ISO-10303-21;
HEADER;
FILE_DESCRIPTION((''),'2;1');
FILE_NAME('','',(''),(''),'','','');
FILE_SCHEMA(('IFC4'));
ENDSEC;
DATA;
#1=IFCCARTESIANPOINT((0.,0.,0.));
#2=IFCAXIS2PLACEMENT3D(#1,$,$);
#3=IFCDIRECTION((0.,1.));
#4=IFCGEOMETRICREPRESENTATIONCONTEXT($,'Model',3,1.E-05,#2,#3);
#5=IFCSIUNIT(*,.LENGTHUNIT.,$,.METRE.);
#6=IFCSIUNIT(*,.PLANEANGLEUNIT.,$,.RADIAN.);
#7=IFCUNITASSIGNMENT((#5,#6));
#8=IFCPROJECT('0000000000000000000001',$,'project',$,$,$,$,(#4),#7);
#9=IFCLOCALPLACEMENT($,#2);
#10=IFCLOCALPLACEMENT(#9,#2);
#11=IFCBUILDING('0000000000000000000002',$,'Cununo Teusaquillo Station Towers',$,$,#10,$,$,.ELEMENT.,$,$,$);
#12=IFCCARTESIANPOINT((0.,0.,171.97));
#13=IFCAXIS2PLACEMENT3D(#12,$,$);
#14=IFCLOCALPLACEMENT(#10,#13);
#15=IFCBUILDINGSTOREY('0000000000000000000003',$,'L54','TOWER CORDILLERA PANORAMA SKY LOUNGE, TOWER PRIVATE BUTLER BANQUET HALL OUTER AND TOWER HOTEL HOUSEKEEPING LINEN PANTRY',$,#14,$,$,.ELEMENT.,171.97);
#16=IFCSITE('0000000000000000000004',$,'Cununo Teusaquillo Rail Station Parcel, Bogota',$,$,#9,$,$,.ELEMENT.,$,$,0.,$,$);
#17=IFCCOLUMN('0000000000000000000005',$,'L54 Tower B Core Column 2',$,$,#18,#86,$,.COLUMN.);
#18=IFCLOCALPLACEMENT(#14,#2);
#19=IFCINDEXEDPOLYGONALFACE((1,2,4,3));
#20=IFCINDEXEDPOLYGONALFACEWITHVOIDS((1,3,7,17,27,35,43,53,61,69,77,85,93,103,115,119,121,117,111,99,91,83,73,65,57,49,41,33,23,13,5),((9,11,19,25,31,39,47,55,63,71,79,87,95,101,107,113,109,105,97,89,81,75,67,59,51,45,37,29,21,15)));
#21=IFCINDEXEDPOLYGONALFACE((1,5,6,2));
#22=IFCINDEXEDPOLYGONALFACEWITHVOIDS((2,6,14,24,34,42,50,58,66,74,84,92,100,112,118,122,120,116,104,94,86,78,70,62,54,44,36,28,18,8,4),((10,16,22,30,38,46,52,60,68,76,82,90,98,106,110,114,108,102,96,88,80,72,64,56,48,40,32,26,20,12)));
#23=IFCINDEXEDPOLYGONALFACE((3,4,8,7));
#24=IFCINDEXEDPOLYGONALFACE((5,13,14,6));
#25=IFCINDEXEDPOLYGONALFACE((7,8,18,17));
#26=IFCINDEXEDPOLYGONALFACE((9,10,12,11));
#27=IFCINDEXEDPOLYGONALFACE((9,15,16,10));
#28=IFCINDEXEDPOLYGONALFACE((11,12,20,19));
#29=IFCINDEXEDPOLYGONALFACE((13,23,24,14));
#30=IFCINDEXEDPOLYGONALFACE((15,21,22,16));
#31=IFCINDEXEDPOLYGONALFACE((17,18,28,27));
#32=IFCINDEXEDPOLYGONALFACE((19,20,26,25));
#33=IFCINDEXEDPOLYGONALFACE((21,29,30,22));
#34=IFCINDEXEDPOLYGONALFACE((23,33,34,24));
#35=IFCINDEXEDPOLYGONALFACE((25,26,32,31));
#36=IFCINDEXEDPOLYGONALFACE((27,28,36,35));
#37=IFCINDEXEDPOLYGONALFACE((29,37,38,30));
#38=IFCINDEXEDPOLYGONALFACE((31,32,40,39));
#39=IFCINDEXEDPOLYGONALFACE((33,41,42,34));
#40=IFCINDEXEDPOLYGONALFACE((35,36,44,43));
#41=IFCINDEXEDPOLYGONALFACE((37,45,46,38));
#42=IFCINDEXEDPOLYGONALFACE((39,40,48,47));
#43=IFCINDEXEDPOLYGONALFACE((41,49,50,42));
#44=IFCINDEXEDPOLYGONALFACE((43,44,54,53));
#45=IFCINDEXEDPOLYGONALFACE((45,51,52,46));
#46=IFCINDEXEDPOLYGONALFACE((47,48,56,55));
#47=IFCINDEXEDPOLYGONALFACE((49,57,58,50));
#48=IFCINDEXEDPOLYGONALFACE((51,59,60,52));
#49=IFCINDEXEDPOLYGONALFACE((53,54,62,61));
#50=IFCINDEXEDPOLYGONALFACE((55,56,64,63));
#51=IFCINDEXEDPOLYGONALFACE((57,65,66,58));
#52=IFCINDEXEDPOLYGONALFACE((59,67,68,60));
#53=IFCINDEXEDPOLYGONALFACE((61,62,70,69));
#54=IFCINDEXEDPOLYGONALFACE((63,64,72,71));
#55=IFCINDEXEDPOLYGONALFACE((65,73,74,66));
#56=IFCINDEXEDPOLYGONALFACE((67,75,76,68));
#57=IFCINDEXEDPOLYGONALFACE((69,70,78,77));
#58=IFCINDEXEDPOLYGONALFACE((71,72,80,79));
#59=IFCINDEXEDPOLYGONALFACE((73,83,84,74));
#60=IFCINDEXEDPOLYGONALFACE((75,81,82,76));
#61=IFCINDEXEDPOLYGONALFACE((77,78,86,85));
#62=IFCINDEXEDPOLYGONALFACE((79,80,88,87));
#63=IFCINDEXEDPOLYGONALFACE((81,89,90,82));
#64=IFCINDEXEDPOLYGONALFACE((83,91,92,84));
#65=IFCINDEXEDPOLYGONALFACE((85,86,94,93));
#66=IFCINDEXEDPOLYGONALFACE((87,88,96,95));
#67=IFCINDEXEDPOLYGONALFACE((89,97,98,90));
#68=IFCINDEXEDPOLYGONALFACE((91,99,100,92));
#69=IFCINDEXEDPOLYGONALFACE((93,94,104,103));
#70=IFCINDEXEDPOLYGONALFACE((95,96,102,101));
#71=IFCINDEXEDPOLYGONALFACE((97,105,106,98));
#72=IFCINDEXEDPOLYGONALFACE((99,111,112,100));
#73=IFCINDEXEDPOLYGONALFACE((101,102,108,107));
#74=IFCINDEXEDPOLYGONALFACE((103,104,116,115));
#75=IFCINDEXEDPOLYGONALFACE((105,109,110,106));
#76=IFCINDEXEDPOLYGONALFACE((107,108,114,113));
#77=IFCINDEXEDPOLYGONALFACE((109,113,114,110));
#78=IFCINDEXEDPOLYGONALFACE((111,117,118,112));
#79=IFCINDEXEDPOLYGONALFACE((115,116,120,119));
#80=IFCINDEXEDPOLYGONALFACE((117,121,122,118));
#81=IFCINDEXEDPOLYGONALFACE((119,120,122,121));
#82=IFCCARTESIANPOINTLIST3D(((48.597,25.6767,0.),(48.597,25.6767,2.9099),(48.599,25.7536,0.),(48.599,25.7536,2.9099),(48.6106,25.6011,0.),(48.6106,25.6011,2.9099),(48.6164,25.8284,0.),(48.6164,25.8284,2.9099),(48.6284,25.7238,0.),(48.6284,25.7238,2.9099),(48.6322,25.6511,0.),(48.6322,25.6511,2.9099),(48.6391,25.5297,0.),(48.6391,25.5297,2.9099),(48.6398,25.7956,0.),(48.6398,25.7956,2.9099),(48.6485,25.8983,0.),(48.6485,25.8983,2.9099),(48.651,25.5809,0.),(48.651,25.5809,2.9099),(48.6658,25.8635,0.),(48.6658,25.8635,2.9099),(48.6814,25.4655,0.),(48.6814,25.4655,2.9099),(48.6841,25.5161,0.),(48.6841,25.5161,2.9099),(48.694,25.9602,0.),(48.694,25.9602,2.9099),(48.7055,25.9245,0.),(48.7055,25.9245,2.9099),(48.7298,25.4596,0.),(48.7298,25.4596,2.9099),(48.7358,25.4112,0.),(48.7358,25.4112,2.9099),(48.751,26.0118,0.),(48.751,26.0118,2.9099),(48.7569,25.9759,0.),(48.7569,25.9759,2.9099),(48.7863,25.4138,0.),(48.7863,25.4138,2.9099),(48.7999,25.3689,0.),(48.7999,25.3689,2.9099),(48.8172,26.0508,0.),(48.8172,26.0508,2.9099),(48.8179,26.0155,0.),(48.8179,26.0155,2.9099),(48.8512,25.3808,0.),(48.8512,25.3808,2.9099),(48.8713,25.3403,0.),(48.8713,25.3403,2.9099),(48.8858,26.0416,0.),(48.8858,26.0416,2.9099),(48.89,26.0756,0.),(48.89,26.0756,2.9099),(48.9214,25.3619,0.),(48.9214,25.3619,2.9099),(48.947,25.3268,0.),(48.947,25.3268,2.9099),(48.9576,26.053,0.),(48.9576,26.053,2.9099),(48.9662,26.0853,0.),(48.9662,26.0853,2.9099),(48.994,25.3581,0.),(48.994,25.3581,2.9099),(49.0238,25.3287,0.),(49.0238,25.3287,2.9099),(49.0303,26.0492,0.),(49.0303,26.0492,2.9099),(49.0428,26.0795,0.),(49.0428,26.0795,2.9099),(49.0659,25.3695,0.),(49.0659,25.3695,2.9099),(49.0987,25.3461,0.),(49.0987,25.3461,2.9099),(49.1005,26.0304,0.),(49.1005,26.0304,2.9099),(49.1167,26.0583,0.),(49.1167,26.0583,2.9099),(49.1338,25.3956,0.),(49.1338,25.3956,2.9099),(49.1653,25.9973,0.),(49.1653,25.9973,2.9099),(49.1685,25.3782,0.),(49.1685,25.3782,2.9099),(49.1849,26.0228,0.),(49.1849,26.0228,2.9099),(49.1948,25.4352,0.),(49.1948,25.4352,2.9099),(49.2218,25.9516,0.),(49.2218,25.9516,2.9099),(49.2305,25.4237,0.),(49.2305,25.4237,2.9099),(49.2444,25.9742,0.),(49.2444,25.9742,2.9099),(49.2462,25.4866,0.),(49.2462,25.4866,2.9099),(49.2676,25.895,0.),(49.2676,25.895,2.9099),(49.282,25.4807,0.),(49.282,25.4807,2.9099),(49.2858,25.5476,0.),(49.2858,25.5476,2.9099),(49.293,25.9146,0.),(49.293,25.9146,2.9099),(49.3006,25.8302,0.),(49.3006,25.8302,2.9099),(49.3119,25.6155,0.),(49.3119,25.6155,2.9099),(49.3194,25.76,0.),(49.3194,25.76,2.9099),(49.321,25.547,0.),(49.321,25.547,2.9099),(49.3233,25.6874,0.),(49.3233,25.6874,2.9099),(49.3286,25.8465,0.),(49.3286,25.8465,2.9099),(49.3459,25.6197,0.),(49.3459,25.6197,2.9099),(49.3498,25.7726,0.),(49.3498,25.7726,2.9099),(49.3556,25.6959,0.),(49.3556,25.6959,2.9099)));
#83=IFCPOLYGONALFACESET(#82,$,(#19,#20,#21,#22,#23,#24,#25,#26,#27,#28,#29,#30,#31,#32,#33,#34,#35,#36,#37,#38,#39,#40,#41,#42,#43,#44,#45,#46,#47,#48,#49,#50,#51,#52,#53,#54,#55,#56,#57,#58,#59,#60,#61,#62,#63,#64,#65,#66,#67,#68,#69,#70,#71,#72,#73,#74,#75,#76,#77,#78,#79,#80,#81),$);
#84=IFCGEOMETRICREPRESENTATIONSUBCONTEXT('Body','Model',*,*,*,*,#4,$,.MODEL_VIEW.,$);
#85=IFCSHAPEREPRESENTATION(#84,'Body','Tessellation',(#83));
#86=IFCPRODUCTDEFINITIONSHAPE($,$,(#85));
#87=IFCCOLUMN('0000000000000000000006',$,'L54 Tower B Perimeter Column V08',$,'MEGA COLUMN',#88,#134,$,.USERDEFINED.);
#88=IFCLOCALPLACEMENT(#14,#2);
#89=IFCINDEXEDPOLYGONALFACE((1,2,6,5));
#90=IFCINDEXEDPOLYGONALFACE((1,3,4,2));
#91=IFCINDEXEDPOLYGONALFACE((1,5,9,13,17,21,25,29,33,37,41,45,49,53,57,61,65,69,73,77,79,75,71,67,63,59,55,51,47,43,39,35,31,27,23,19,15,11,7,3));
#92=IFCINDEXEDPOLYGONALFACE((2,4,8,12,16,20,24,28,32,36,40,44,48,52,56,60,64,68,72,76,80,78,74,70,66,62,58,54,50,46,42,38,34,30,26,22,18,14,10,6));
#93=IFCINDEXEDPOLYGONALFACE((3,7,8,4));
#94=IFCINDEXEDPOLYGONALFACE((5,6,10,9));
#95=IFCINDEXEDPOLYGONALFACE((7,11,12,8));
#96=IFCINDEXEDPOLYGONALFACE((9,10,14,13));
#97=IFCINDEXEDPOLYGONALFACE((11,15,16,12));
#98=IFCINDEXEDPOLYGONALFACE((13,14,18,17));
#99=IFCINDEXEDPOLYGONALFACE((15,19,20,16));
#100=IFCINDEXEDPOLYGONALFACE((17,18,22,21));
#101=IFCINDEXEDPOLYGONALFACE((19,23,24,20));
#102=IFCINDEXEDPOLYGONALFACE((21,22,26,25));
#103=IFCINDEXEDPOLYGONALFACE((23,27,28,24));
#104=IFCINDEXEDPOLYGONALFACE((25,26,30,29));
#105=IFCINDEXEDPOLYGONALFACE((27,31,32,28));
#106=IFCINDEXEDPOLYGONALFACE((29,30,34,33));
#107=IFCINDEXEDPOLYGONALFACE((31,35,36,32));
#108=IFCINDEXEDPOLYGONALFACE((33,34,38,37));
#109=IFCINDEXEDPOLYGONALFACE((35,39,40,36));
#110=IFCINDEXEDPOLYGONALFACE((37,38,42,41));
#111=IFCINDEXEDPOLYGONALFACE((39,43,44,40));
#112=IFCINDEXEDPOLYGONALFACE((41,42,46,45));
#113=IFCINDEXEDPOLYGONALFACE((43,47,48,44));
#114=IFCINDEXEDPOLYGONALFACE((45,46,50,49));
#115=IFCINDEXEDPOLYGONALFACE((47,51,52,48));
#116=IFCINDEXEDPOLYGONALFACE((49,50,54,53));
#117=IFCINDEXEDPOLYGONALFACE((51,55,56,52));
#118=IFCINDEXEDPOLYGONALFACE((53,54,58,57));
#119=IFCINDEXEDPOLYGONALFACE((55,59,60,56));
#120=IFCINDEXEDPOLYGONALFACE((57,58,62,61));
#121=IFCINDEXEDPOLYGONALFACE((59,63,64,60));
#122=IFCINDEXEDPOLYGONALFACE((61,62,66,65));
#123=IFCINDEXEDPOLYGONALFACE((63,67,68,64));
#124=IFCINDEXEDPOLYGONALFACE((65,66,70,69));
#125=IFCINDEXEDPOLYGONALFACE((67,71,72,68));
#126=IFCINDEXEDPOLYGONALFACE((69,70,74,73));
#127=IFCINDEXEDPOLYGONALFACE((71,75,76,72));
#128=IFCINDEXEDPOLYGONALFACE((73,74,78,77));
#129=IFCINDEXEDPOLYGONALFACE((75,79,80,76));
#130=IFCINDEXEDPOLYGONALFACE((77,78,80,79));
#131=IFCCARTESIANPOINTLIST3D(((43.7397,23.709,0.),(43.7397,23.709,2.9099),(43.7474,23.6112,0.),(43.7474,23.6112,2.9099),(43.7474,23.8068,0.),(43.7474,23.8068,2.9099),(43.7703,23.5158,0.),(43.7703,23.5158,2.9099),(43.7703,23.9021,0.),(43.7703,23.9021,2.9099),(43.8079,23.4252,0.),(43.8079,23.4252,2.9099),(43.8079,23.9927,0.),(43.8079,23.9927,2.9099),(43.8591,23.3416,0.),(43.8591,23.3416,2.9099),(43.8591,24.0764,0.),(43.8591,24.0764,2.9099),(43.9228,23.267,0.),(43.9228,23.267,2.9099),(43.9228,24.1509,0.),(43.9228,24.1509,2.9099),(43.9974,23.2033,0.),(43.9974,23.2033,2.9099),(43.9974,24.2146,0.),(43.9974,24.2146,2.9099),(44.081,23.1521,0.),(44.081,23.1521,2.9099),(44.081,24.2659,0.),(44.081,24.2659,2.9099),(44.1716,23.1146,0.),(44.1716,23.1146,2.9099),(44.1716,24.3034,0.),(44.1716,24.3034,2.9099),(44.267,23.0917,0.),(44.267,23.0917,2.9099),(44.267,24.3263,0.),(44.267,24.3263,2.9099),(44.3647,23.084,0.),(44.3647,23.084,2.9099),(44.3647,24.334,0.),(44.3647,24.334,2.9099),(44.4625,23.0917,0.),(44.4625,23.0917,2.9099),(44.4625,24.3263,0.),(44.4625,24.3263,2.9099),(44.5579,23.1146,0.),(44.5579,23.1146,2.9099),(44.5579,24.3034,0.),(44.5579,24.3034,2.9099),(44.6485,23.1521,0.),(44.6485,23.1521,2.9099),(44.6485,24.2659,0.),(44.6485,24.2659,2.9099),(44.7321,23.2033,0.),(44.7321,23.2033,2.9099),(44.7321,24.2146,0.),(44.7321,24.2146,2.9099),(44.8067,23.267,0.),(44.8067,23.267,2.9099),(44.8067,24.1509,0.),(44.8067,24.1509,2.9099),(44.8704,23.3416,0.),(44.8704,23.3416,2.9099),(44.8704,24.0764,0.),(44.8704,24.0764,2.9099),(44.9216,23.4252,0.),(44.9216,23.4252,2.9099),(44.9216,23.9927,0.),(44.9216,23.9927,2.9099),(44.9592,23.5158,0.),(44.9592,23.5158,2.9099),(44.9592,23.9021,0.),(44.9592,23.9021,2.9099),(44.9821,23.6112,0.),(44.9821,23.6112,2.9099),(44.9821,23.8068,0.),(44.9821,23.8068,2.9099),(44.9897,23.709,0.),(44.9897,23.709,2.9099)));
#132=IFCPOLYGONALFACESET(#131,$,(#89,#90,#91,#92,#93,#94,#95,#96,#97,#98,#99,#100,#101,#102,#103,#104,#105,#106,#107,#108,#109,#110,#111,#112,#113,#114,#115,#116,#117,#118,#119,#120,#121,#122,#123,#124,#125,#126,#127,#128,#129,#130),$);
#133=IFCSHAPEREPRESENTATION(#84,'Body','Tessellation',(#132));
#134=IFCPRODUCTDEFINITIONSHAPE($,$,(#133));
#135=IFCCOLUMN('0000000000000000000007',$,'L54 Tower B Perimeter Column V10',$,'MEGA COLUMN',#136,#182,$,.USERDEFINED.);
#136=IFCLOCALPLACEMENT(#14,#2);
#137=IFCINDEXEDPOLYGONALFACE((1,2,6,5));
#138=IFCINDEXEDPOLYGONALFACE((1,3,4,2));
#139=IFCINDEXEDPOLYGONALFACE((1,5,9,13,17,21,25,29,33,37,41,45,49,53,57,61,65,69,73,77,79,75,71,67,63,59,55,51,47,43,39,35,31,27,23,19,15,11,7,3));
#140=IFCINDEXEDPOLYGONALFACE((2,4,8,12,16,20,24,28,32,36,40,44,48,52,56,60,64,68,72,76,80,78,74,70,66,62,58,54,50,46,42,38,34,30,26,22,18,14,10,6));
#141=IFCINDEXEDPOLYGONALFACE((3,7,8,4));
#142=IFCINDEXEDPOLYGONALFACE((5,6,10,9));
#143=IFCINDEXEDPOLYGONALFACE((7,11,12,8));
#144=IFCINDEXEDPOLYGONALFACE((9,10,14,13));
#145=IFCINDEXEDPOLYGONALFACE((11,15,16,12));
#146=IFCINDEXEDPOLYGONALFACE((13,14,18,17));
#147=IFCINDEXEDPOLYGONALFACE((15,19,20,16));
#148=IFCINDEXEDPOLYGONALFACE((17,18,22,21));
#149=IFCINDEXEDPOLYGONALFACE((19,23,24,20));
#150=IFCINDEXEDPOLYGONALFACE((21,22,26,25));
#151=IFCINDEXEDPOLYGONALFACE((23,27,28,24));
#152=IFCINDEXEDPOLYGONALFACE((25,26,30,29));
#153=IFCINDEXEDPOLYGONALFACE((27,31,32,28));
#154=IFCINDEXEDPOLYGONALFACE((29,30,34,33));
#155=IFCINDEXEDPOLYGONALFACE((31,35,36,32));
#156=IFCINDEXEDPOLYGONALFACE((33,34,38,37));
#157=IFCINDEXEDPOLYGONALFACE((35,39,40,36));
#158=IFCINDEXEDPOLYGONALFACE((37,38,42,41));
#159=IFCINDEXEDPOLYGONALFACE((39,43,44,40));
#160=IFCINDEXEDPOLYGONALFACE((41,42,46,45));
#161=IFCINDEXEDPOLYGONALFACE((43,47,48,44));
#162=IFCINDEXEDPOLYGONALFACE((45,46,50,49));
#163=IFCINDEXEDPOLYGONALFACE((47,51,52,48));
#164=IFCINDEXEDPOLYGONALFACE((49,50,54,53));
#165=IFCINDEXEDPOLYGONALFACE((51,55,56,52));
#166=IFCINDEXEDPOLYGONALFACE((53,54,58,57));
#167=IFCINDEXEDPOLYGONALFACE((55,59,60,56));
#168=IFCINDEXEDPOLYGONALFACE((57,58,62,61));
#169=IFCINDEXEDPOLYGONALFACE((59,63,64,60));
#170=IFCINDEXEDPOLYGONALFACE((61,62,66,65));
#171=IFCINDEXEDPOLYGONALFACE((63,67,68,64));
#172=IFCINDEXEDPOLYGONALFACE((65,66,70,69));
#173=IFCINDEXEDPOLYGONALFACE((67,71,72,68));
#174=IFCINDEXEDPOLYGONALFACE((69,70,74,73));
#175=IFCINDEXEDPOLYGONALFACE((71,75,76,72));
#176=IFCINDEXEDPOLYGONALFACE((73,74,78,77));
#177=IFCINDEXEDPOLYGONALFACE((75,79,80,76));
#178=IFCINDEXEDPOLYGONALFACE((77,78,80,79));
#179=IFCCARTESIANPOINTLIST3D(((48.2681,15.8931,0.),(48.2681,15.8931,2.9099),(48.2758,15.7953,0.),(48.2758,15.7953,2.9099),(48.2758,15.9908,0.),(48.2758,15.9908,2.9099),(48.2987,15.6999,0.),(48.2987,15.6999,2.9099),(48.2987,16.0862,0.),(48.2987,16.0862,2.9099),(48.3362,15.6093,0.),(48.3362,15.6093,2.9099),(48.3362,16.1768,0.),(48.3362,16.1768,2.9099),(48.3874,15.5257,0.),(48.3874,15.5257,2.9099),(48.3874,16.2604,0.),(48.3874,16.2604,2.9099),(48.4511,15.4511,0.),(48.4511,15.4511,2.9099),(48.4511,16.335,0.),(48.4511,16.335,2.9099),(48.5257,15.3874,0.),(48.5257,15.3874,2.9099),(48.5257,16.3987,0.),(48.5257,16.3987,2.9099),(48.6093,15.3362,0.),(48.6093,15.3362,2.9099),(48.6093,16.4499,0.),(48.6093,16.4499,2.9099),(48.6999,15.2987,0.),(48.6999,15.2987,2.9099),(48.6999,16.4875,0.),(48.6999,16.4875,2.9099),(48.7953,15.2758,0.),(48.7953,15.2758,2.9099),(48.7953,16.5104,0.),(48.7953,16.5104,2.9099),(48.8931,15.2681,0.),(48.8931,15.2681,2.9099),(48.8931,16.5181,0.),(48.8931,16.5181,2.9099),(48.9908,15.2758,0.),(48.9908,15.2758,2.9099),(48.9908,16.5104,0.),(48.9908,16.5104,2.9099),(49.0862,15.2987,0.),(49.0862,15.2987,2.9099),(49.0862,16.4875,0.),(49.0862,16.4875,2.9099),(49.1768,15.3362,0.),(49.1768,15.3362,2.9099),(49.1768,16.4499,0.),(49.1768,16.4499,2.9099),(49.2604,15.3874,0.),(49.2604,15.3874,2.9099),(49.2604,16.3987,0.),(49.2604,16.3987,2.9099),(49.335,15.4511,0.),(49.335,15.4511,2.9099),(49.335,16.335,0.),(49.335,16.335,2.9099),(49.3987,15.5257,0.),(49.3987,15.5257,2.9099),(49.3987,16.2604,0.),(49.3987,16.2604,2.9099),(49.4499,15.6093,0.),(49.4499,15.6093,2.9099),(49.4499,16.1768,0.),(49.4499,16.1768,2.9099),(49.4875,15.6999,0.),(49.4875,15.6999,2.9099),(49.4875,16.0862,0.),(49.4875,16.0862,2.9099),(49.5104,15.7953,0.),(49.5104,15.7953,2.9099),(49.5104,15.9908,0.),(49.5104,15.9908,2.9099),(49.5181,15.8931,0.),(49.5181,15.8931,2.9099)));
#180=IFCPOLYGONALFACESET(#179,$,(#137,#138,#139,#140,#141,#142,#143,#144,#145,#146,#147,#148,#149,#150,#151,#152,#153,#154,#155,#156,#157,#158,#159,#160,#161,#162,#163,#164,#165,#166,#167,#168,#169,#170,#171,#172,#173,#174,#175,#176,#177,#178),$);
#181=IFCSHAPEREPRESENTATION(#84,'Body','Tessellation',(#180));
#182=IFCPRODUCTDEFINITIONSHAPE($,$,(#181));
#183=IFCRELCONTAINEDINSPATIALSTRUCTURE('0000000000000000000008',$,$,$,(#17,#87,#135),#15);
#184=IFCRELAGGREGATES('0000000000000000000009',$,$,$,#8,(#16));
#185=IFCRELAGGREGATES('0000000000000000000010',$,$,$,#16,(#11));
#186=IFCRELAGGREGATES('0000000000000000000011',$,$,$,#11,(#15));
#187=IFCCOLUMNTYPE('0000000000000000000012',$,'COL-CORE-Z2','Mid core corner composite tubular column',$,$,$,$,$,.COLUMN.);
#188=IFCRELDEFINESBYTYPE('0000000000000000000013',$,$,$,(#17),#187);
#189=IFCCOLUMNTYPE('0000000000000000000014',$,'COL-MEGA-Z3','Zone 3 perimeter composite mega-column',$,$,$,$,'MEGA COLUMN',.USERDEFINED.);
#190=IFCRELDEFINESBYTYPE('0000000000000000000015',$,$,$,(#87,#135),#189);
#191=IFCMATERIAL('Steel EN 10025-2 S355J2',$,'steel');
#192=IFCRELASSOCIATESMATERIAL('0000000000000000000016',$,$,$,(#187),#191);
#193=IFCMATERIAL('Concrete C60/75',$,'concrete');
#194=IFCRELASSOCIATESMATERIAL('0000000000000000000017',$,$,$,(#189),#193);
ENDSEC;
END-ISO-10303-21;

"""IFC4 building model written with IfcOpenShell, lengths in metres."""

from ifc_helpers import new_model, si_unit, direction, frame, origin, origin_2d, place, context, subcontext, project, spatial, circle, hollow_circle, extrude, material, material_profile, profile_set, type_object, element, save


model = new_model("IFC4")

# Units and contexts
model_context = context("Model", 3, precision=1e-05, world=origin(), true_north=direction((0.0, 1.0)))
body_context = subcontext(model_context, "Body", "Model", "MODEL_VIEW")
ifc_project = project(units=[si_unit("LENGTHUNIT", "METRE"), si_unit("PLANEANGLEUNIT", "RADIAN")], contexts=[model_context])

# Site, building, storey
site_placement = place(None, origin())
site = spatial("IfcSite", under=ifc_project, at=site_placement, Name="Cununo Teusaquillo Rail Station Parcel, Bogota", CompositionType="ELEMENT", RefElevation=0.0)
building_placement = place(site_placement, origin())
building = spatial("IfcBuilding", under=site, at=building_placement, Name="Cununo Teusaquillo Station Towers", CompositionType="ELEMENT")
storey_placement = place(building_placement, frame((0.0, 0.0, 171.97)))
storey = spatial("IfcBuildingStorey", under=building, at=storey_placement, Name="L54", Description="TOWER CORDILLERA PANORAMA SKY LOUNGE, TOWER PRIVATE BUTLER BANQUET HALL OUTER AND TOWER HOTEL HOUSEKEEPING LINEN PANTRY", CompositionType="ELEMENT", Elevation=171.97)

# Columns
ifc_material_1 = material(Name="Steel EN 10025-2 S355J2", Category="steel")
ifc_material_profile_1 = material_profile(ifc_material_1, hollow_circle(Radius=0.3799, WallThickness=0.032, at=origin_2d()), Name="CHS 760x32")
ifc_profile_set_1 = profile_set([ifc_material_profile_1], Name="Steel EN 10025-2 S355J2")
column_type_1 = type_object("IfcColumnType", Name="COL-CORE-Z2", Description="Mid core corner composite tubular column", PredefinedType="COLUMN", material=ifc_profile_set_1)
column_placement = place(storey_placement, frame((48.9758, 25.7056, 0.0), z_axis=(0.0, 0.0, 1.0), x_axis=(0.707107, 0.707107, 0.0)))
element("IfcColumn", 1, at=column_placement, inside=storey, type_object=column_type_1, Name="L54 Tower B Core Column 2", PredefinedType="COLUMN", context=body_context, shape_type="SweptSolid", body=[
    extrude(hollow_circle(Radius=0.3799, WallThickness=0.032, at=origin_2d()), origin(), (0.0, 0.0, 1.0), 2.9099),
])
ifc_material_2 = material(Name="Concrete C60/75", Category="concrete")
ifc_material_profile_2 = material_profile(ifc_material_2, circle(Radius=0.625, at=origin_2d()), Name="RC-CIRC-1250")
ifc_profile_set_2 = profile_set([ifc_material_profile_2], Name="Concrete C60/75")
column_type_2 = type_object("IfcColumnType", Name="COL-MEGA-Z3", Description="Zone 3 perimeter composite mega-column", ElementType="MEGA COLUMN", PredefinedType="USERDEFINED", material=ifc_profile_set_2)
for number, where, z_axis, x_axis, name in (
    (2, (44.3647, 23.709, 0.0), (0.0, 0.0, 1.0), (1.0, 0.0, 0.0), "L54 Tower B Perimeter Column V08"),
    (3, (48.8931, 15.8931, 0.0), (0.0, 0.0, 1.0), (1.0, 0.0, 0.0), "L54 Tower B Perimeter Column V10"),
):
    element("IfcColumn", number, at=place(storey_placement, frame(where, z_axis=z_axis, x_axis=x_axis)), inside=storey, type_object=column_type_2, Name=name, ObjectType="MEGA COLUMN", PredefinedType="USERDEFINED", context=body_context, shape_type="SweptSolid", body=[
        extrude(circle(Radius=0.625, at=origin_2d()), origin(), (0.0, 0.0, 1.0), 2.9099),
    ])

save(model, "model.ifc")
